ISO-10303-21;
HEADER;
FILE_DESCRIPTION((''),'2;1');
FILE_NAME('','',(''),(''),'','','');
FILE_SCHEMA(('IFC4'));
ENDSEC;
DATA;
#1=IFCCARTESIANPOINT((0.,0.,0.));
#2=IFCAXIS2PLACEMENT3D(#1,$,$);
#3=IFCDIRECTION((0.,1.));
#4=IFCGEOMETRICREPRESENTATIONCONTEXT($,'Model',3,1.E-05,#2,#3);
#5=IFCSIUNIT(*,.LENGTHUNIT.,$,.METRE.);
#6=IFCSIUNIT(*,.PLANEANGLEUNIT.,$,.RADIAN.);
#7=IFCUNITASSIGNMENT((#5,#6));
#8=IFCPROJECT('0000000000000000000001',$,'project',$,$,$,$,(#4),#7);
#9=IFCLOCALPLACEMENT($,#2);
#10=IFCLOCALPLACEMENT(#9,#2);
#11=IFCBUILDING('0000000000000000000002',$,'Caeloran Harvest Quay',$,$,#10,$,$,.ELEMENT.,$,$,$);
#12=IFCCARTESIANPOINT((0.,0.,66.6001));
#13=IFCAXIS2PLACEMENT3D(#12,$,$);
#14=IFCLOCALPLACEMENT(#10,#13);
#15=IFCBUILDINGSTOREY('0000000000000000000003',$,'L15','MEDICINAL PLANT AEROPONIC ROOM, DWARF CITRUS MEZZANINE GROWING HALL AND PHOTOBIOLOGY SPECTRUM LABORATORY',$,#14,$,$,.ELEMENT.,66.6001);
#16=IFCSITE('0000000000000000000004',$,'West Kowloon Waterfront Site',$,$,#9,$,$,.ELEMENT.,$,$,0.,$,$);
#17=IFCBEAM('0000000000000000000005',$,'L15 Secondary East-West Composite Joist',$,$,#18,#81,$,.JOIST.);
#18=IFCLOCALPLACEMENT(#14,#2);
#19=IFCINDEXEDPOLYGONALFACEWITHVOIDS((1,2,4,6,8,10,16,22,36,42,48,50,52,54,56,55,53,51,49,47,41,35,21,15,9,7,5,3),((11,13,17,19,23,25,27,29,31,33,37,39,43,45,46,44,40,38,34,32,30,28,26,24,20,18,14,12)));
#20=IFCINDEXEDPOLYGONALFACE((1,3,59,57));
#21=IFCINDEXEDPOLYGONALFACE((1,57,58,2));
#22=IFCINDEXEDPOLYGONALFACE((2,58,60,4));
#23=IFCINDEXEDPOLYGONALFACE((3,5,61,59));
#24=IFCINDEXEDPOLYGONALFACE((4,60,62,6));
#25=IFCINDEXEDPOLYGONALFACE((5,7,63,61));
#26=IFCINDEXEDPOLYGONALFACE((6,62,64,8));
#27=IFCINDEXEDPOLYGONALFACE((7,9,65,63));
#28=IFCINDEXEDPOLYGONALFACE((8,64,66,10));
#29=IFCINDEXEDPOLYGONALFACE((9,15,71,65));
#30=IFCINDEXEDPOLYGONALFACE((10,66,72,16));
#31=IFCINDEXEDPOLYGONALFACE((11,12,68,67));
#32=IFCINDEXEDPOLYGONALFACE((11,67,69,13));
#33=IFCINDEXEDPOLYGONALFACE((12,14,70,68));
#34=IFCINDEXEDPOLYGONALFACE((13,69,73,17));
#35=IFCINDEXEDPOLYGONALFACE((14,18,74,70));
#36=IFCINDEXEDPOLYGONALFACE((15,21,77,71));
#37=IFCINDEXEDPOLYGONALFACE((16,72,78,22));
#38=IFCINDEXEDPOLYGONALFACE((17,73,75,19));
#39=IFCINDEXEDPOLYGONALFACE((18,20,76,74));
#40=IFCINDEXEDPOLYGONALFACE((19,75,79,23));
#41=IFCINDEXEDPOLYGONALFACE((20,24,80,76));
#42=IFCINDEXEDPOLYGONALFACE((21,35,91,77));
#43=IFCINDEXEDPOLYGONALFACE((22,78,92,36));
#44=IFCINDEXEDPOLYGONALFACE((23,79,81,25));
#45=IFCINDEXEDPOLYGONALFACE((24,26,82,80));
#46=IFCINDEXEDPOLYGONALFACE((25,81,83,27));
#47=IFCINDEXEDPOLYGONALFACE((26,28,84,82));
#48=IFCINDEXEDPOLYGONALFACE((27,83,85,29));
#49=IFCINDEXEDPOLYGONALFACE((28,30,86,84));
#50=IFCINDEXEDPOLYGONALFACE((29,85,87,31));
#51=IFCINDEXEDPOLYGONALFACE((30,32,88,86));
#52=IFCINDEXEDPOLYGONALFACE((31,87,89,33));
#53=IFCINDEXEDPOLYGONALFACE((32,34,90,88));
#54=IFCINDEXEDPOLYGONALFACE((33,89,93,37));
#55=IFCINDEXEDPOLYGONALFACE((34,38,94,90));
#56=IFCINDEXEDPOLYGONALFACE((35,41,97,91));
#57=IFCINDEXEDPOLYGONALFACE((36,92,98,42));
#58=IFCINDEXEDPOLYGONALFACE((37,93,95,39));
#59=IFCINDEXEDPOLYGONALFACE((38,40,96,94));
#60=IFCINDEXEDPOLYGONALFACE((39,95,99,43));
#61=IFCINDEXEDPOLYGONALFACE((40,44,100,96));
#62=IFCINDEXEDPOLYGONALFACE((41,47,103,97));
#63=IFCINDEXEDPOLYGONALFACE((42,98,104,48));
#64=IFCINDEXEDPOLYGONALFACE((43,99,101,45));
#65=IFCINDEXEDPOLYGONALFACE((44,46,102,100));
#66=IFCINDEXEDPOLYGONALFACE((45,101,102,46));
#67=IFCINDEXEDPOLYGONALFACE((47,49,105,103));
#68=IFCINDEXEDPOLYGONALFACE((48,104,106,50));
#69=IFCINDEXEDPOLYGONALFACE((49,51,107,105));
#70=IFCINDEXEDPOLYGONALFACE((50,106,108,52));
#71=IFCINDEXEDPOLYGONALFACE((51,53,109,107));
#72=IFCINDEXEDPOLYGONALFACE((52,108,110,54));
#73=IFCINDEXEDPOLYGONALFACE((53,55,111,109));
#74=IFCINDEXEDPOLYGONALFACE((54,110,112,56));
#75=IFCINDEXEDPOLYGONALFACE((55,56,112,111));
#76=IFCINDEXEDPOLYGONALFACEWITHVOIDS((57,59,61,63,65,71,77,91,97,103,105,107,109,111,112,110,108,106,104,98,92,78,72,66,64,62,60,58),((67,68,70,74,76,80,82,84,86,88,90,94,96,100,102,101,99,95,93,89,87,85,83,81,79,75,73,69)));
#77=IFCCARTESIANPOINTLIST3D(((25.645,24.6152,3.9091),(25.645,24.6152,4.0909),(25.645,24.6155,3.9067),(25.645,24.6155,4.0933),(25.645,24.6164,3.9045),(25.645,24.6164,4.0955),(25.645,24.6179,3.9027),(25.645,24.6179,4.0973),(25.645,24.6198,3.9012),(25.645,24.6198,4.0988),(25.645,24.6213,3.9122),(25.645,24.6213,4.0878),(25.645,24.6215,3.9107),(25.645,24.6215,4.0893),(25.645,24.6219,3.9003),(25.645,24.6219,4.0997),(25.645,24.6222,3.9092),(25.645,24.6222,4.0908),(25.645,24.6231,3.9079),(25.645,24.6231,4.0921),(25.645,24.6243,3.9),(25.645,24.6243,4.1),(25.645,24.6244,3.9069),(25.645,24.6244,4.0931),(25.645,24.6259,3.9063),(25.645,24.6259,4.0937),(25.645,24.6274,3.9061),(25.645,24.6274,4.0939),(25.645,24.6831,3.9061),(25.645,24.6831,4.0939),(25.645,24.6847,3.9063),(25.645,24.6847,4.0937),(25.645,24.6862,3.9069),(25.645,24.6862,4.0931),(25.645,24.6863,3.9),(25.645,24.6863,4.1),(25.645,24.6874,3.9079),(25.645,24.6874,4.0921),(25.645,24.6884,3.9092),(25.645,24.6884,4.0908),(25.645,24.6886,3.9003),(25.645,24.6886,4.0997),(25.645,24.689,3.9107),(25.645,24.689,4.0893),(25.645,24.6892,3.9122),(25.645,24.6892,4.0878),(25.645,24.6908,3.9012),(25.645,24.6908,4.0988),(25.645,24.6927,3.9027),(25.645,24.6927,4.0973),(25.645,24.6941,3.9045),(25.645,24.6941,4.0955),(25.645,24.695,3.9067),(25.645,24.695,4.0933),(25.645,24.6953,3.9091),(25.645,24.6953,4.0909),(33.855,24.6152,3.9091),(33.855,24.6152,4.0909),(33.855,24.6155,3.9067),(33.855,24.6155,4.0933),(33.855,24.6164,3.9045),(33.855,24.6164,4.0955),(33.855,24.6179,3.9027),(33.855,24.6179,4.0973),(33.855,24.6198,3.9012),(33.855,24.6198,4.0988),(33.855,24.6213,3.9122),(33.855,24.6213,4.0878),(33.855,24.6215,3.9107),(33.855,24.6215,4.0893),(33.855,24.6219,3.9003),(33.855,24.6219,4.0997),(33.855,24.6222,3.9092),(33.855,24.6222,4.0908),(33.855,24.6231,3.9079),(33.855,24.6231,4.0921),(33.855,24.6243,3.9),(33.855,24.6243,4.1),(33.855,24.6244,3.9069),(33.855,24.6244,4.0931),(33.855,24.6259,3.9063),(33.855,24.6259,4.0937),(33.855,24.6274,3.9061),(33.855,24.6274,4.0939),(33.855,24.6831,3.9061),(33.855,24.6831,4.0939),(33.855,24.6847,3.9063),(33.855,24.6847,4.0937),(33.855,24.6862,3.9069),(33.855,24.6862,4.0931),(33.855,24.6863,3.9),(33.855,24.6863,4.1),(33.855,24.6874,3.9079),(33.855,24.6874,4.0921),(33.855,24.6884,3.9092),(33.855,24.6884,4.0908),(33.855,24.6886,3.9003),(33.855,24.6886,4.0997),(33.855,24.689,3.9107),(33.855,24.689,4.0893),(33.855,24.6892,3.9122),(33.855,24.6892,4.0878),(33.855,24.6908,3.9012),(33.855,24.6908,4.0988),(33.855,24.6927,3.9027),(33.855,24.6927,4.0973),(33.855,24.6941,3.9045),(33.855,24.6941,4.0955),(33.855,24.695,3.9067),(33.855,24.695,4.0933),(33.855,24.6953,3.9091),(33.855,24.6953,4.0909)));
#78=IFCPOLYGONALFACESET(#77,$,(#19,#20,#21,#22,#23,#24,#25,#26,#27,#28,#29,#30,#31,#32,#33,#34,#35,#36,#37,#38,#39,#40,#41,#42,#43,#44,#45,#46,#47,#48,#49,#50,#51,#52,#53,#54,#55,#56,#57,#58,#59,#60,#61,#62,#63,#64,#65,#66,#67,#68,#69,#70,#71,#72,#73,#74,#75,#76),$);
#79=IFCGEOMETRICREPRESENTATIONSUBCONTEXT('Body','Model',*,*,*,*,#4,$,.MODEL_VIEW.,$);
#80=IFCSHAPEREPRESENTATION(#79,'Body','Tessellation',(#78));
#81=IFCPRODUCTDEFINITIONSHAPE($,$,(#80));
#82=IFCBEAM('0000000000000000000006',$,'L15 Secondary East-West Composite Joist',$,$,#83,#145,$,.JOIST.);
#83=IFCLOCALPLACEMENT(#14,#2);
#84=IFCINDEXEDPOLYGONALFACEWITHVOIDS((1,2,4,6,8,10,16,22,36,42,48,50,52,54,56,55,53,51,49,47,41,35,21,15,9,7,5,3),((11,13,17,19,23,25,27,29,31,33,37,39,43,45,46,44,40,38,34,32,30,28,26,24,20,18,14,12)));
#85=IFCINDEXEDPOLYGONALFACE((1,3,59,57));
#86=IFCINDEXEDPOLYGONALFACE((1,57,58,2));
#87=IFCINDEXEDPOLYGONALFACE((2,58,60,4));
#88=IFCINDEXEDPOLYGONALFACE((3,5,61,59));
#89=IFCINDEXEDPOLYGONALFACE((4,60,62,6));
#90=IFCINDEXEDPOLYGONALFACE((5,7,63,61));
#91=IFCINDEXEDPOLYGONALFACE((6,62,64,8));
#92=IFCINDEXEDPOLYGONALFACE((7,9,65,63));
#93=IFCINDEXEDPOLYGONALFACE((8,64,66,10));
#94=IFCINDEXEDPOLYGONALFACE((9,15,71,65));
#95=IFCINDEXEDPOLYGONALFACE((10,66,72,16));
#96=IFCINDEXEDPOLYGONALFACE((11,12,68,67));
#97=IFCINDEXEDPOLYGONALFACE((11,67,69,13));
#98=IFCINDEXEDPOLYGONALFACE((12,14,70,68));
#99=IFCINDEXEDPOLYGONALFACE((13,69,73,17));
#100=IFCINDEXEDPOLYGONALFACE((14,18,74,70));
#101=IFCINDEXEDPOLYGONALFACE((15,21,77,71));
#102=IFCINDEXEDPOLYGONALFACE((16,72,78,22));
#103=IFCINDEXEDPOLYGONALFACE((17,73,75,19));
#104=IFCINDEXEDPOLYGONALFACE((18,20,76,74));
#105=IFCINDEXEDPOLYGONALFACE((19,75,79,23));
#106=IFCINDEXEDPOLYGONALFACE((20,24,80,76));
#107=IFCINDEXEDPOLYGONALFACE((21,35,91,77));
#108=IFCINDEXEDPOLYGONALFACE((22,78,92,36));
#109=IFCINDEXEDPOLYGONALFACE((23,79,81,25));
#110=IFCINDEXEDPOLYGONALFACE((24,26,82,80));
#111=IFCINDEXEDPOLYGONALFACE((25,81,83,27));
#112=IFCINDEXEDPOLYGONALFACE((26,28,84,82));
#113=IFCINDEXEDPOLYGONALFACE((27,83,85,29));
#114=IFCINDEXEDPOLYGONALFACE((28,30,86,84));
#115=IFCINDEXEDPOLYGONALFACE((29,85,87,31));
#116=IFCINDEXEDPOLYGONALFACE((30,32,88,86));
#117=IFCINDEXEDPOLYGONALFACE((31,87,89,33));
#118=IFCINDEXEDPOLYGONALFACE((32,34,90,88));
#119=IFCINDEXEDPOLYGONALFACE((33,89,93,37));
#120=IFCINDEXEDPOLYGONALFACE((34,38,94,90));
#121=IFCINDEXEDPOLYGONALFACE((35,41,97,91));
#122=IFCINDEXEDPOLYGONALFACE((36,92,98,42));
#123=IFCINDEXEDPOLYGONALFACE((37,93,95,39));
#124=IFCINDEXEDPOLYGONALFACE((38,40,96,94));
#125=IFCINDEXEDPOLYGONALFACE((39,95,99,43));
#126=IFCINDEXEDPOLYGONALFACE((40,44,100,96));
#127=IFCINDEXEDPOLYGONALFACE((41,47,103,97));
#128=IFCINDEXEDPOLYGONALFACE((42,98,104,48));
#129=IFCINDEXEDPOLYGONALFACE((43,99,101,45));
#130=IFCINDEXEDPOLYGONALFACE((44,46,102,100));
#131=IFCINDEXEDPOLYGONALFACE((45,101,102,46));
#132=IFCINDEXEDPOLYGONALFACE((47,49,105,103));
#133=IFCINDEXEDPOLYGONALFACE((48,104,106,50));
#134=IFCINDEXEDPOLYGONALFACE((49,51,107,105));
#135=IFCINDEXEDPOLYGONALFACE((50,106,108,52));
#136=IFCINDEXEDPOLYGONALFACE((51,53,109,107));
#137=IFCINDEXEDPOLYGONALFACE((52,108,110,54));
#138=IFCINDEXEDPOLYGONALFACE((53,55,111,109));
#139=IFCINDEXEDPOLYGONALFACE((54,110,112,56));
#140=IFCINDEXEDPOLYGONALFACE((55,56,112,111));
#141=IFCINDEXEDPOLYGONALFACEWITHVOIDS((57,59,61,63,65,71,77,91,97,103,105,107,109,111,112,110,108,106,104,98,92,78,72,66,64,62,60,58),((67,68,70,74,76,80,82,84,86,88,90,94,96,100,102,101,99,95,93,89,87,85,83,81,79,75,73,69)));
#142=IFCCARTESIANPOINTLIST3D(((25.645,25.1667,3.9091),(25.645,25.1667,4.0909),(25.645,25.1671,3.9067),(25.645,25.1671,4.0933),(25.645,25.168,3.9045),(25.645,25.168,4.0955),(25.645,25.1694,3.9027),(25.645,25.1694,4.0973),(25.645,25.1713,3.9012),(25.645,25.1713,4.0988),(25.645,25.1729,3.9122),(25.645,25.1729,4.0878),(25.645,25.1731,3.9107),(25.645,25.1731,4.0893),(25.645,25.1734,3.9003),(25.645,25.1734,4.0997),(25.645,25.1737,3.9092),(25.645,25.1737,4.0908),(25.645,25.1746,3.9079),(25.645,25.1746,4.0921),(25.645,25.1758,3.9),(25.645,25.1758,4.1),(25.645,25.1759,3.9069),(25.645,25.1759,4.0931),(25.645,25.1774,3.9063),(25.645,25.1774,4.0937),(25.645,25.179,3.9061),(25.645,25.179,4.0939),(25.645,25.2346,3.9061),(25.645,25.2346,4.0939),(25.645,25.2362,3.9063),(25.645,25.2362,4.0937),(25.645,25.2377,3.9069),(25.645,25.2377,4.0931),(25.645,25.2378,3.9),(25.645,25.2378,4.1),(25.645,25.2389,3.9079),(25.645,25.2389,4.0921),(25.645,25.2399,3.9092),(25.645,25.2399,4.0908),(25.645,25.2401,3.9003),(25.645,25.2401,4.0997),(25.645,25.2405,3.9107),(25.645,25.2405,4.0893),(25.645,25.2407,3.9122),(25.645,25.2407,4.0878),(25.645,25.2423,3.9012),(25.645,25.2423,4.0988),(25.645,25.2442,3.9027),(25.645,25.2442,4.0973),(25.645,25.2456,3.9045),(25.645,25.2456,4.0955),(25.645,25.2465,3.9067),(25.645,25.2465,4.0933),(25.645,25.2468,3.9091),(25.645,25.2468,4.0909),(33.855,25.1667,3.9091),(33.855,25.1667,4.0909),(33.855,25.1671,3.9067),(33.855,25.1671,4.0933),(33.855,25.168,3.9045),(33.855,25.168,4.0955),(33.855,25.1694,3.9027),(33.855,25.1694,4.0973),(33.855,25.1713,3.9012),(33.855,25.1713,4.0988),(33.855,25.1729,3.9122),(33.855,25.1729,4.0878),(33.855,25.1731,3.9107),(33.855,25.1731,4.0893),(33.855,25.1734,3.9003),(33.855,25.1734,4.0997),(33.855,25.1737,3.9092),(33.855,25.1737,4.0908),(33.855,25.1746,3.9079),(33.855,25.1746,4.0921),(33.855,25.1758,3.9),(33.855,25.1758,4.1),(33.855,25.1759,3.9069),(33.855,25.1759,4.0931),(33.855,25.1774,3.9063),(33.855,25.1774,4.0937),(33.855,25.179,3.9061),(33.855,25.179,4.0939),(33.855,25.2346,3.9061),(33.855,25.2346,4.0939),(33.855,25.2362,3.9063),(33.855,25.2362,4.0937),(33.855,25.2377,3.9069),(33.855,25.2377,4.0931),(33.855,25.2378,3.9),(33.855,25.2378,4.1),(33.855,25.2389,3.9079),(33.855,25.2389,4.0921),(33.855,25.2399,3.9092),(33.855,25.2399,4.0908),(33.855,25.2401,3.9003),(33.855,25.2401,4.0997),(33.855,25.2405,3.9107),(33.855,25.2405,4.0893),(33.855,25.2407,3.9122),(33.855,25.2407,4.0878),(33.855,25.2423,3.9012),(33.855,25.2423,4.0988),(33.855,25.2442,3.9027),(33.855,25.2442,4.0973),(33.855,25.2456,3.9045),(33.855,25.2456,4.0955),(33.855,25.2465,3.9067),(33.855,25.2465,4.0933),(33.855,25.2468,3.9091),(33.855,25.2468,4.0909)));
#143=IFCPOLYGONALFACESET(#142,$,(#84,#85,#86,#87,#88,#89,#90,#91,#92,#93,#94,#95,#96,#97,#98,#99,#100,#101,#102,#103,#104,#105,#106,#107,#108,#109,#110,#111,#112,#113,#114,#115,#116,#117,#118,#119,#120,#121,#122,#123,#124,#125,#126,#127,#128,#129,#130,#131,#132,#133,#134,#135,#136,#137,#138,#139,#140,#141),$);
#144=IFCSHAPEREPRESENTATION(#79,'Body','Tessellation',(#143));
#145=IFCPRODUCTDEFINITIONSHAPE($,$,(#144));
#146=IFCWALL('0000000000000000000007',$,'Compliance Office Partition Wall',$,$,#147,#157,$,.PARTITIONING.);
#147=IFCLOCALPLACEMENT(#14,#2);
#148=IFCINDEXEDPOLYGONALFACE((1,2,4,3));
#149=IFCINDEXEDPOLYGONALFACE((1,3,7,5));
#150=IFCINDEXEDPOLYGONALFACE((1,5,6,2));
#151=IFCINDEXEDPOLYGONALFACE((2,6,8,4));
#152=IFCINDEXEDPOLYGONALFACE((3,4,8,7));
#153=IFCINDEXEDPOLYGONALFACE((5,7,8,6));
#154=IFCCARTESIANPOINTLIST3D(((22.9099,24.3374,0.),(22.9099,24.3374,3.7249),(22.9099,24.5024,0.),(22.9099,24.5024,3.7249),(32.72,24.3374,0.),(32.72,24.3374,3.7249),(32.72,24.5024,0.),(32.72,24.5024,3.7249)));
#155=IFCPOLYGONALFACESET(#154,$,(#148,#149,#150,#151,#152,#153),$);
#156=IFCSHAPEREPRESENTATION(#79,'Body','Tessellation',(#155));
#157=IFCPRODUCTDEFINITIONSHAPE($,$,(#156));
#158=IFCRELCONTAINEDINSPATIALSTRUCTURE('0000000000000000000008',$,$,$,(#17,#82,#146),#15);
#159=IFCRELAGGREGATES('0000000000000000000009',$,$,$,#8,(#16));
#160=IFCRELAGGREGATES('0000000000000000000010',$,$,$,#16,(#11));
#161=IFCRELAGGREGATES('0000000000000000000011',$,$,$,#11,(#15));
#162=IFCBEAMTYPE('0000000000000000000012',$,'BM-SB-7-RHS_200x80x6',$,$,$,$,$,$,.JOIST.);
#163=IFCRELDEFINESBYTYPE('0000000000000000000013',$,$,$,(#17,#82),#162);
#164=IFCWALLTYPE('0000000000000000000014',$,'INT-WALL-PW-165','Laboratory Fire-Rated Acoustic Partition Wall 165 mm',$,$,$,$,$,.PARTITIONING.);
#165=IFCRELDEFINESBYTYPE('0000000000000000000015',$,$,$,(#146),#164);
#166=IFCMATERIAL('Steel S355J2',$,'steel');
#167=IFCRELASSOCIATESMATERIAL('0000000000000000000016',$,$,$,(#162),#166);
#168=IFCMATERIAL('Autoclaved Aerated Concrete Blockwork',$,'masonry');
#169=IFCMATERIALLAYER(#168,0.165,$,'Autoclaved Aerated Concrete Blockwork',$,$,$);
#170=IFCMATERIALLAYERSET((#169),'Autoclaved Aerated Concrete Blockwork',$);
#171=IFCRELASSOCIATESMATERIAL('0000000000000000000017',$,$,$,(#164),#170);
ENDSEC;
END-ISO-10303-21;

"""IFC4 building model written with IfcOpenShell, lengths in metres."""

from ifc_helpers import new_model, si_unit, direction, frame, frame_2d, origin, origin_2d, place, context, subcontext, project, spatial, rectangle, hollow_rectangle, extrude, material, layer, layer_set, material_profile, profile_set, type_object, element, save


model = new_model("IFC4")

# Units and contexts
model_context = context("Model", 3, precision=1e-05, world=origin(), true_north=direction((0.0, 1.0)))
body_context = subcontext(model_context, "Body", "Model", "MODEL_VIEW")
ifc_project = project(units=[si_unit("LENGTHUNIT", "METRE"), si_unit("PLANEANGLEUNIT", "RADIAN")], contexts=[model_context])

# Site, building, storey
site_placement = place(None, origin())
site = spatial("IfcSite", under=ifc_project, at=site_placement, Name="West Kowloon Waterfront Site", CompositionType="ELEMENT", RefElevation=0.0)
building_placement = place(site_placement, origin())
building = spatial("IfcBuilding", under=site, at=building_placement, Name="Caeloran Harvest Quay", CompositionType="ELEMENT")
storey_placement = place(building_placement, frame((0.0, 0.0, 66.6001)))
storey = spatial("IfcBuildingStorey", under=building, at=storey_placement, Name="L15", Description="MEDICINAL PLANT AEROPONIC ROOM, DWARF CITRUS MEZZANINE GROWING HALL AND PHOTOBIOLOGY SPECTRUM LABORATORY", CompositionType="ELEMENT", Elevation=66.6001)

# Beams
ifc_material_1 = material(Name="Steel S355J2", Category="steel")
ifc_material_profile_1 = material_profile(ifc_material_1, hollow_rectangle(XDim=0.0801, YDim=0.2, WallThickness=0.0061, InnerFilletRadius=0.0061, OuterFilletRadius=0.009, at=origin_2d()), Name="RHS 200x80x6")
ifc_profile_set_1 = profile_set([ifc_material_profile_1], Name="Steel S355J2")
beam_type_1 = type_object("IfcBeamType", Name="BM-SB-7-RHS_200x80x6", PredefinedType="JOIST", material=ifc_profile_set_1)
for number, where, z_axis, x_axis, name in (
    (1, (25.645, 24.6553, 4.0), (1.0, 0.0, 0.0), (0.0, 1.0, 0.0), "L15 Secondary East-West Composite Joist"),
    (2, (25.645, 25.2068, 4.0), (1.0, 0.0, 0.0), (0.0, 1.0, 0.0), "L15 Secondary East-West Composite Joist"),
):
    element("IfcBeam", number, at=place(storey_placement, frame(where, z_axis=z_axis, x_axis=x_axis)), inside=storey, type_object=beam_type_1, Name=name, PredefinedType="JOIST", context=body_context, shape_type="SweptSolid", body=[
        extrude(hollow_rectangle(XDim=0.0801, YDim=0.2, WallThickness=0.0061, InnerFilletRadius=0.0061, OuterFilletRadius=0.009, at=origin_2d()), origin(), (0.0, 0.0, 1.0), 8.21),
    ])

# Wall
ifc_material_2 = material(Name="Autoclaved Aerated Concrete Blockwork", Category="masonry")
ifc_layer = layer(ifc_material_2, 0.165, Name="Autoclaved Aerated Concrete Blockwork")
ifc_layer_set = layer_set([ifc_layer], Name="Autoclaved Aerated Concrete Blockwork")
wall_type = type_object("IfcWallType", Name="INT-WALL-PW-165", Description="Laboratory Fire-Rated Acoustic Partition Wall 165 mm", PredefinedType="PARTITIONING", material=ifc_layer_set)
wall_placement = place(storey_placement, frame((22.9099, 24.4199, 0.0), z_axis=(0.0, 0.0, 1.0), x_axis=(1.0, 0.0, 0.0)))
element("IfcWall", 3, at=wall_placement, inside=storey, type_object=wall_type, Name="Compliance Office Partition Wall", PredefinedType="PARTITIONING", context=body_context, shape_type="SweptSolid", body=[
    extrude(rectangle(XDim=9.8101, YDim=0.165, at=frame_2d((4.905, 0.0))), origin(), (0.0, 0.0, 1.0), 3.7249),
])

save(model, "model.ifc")
